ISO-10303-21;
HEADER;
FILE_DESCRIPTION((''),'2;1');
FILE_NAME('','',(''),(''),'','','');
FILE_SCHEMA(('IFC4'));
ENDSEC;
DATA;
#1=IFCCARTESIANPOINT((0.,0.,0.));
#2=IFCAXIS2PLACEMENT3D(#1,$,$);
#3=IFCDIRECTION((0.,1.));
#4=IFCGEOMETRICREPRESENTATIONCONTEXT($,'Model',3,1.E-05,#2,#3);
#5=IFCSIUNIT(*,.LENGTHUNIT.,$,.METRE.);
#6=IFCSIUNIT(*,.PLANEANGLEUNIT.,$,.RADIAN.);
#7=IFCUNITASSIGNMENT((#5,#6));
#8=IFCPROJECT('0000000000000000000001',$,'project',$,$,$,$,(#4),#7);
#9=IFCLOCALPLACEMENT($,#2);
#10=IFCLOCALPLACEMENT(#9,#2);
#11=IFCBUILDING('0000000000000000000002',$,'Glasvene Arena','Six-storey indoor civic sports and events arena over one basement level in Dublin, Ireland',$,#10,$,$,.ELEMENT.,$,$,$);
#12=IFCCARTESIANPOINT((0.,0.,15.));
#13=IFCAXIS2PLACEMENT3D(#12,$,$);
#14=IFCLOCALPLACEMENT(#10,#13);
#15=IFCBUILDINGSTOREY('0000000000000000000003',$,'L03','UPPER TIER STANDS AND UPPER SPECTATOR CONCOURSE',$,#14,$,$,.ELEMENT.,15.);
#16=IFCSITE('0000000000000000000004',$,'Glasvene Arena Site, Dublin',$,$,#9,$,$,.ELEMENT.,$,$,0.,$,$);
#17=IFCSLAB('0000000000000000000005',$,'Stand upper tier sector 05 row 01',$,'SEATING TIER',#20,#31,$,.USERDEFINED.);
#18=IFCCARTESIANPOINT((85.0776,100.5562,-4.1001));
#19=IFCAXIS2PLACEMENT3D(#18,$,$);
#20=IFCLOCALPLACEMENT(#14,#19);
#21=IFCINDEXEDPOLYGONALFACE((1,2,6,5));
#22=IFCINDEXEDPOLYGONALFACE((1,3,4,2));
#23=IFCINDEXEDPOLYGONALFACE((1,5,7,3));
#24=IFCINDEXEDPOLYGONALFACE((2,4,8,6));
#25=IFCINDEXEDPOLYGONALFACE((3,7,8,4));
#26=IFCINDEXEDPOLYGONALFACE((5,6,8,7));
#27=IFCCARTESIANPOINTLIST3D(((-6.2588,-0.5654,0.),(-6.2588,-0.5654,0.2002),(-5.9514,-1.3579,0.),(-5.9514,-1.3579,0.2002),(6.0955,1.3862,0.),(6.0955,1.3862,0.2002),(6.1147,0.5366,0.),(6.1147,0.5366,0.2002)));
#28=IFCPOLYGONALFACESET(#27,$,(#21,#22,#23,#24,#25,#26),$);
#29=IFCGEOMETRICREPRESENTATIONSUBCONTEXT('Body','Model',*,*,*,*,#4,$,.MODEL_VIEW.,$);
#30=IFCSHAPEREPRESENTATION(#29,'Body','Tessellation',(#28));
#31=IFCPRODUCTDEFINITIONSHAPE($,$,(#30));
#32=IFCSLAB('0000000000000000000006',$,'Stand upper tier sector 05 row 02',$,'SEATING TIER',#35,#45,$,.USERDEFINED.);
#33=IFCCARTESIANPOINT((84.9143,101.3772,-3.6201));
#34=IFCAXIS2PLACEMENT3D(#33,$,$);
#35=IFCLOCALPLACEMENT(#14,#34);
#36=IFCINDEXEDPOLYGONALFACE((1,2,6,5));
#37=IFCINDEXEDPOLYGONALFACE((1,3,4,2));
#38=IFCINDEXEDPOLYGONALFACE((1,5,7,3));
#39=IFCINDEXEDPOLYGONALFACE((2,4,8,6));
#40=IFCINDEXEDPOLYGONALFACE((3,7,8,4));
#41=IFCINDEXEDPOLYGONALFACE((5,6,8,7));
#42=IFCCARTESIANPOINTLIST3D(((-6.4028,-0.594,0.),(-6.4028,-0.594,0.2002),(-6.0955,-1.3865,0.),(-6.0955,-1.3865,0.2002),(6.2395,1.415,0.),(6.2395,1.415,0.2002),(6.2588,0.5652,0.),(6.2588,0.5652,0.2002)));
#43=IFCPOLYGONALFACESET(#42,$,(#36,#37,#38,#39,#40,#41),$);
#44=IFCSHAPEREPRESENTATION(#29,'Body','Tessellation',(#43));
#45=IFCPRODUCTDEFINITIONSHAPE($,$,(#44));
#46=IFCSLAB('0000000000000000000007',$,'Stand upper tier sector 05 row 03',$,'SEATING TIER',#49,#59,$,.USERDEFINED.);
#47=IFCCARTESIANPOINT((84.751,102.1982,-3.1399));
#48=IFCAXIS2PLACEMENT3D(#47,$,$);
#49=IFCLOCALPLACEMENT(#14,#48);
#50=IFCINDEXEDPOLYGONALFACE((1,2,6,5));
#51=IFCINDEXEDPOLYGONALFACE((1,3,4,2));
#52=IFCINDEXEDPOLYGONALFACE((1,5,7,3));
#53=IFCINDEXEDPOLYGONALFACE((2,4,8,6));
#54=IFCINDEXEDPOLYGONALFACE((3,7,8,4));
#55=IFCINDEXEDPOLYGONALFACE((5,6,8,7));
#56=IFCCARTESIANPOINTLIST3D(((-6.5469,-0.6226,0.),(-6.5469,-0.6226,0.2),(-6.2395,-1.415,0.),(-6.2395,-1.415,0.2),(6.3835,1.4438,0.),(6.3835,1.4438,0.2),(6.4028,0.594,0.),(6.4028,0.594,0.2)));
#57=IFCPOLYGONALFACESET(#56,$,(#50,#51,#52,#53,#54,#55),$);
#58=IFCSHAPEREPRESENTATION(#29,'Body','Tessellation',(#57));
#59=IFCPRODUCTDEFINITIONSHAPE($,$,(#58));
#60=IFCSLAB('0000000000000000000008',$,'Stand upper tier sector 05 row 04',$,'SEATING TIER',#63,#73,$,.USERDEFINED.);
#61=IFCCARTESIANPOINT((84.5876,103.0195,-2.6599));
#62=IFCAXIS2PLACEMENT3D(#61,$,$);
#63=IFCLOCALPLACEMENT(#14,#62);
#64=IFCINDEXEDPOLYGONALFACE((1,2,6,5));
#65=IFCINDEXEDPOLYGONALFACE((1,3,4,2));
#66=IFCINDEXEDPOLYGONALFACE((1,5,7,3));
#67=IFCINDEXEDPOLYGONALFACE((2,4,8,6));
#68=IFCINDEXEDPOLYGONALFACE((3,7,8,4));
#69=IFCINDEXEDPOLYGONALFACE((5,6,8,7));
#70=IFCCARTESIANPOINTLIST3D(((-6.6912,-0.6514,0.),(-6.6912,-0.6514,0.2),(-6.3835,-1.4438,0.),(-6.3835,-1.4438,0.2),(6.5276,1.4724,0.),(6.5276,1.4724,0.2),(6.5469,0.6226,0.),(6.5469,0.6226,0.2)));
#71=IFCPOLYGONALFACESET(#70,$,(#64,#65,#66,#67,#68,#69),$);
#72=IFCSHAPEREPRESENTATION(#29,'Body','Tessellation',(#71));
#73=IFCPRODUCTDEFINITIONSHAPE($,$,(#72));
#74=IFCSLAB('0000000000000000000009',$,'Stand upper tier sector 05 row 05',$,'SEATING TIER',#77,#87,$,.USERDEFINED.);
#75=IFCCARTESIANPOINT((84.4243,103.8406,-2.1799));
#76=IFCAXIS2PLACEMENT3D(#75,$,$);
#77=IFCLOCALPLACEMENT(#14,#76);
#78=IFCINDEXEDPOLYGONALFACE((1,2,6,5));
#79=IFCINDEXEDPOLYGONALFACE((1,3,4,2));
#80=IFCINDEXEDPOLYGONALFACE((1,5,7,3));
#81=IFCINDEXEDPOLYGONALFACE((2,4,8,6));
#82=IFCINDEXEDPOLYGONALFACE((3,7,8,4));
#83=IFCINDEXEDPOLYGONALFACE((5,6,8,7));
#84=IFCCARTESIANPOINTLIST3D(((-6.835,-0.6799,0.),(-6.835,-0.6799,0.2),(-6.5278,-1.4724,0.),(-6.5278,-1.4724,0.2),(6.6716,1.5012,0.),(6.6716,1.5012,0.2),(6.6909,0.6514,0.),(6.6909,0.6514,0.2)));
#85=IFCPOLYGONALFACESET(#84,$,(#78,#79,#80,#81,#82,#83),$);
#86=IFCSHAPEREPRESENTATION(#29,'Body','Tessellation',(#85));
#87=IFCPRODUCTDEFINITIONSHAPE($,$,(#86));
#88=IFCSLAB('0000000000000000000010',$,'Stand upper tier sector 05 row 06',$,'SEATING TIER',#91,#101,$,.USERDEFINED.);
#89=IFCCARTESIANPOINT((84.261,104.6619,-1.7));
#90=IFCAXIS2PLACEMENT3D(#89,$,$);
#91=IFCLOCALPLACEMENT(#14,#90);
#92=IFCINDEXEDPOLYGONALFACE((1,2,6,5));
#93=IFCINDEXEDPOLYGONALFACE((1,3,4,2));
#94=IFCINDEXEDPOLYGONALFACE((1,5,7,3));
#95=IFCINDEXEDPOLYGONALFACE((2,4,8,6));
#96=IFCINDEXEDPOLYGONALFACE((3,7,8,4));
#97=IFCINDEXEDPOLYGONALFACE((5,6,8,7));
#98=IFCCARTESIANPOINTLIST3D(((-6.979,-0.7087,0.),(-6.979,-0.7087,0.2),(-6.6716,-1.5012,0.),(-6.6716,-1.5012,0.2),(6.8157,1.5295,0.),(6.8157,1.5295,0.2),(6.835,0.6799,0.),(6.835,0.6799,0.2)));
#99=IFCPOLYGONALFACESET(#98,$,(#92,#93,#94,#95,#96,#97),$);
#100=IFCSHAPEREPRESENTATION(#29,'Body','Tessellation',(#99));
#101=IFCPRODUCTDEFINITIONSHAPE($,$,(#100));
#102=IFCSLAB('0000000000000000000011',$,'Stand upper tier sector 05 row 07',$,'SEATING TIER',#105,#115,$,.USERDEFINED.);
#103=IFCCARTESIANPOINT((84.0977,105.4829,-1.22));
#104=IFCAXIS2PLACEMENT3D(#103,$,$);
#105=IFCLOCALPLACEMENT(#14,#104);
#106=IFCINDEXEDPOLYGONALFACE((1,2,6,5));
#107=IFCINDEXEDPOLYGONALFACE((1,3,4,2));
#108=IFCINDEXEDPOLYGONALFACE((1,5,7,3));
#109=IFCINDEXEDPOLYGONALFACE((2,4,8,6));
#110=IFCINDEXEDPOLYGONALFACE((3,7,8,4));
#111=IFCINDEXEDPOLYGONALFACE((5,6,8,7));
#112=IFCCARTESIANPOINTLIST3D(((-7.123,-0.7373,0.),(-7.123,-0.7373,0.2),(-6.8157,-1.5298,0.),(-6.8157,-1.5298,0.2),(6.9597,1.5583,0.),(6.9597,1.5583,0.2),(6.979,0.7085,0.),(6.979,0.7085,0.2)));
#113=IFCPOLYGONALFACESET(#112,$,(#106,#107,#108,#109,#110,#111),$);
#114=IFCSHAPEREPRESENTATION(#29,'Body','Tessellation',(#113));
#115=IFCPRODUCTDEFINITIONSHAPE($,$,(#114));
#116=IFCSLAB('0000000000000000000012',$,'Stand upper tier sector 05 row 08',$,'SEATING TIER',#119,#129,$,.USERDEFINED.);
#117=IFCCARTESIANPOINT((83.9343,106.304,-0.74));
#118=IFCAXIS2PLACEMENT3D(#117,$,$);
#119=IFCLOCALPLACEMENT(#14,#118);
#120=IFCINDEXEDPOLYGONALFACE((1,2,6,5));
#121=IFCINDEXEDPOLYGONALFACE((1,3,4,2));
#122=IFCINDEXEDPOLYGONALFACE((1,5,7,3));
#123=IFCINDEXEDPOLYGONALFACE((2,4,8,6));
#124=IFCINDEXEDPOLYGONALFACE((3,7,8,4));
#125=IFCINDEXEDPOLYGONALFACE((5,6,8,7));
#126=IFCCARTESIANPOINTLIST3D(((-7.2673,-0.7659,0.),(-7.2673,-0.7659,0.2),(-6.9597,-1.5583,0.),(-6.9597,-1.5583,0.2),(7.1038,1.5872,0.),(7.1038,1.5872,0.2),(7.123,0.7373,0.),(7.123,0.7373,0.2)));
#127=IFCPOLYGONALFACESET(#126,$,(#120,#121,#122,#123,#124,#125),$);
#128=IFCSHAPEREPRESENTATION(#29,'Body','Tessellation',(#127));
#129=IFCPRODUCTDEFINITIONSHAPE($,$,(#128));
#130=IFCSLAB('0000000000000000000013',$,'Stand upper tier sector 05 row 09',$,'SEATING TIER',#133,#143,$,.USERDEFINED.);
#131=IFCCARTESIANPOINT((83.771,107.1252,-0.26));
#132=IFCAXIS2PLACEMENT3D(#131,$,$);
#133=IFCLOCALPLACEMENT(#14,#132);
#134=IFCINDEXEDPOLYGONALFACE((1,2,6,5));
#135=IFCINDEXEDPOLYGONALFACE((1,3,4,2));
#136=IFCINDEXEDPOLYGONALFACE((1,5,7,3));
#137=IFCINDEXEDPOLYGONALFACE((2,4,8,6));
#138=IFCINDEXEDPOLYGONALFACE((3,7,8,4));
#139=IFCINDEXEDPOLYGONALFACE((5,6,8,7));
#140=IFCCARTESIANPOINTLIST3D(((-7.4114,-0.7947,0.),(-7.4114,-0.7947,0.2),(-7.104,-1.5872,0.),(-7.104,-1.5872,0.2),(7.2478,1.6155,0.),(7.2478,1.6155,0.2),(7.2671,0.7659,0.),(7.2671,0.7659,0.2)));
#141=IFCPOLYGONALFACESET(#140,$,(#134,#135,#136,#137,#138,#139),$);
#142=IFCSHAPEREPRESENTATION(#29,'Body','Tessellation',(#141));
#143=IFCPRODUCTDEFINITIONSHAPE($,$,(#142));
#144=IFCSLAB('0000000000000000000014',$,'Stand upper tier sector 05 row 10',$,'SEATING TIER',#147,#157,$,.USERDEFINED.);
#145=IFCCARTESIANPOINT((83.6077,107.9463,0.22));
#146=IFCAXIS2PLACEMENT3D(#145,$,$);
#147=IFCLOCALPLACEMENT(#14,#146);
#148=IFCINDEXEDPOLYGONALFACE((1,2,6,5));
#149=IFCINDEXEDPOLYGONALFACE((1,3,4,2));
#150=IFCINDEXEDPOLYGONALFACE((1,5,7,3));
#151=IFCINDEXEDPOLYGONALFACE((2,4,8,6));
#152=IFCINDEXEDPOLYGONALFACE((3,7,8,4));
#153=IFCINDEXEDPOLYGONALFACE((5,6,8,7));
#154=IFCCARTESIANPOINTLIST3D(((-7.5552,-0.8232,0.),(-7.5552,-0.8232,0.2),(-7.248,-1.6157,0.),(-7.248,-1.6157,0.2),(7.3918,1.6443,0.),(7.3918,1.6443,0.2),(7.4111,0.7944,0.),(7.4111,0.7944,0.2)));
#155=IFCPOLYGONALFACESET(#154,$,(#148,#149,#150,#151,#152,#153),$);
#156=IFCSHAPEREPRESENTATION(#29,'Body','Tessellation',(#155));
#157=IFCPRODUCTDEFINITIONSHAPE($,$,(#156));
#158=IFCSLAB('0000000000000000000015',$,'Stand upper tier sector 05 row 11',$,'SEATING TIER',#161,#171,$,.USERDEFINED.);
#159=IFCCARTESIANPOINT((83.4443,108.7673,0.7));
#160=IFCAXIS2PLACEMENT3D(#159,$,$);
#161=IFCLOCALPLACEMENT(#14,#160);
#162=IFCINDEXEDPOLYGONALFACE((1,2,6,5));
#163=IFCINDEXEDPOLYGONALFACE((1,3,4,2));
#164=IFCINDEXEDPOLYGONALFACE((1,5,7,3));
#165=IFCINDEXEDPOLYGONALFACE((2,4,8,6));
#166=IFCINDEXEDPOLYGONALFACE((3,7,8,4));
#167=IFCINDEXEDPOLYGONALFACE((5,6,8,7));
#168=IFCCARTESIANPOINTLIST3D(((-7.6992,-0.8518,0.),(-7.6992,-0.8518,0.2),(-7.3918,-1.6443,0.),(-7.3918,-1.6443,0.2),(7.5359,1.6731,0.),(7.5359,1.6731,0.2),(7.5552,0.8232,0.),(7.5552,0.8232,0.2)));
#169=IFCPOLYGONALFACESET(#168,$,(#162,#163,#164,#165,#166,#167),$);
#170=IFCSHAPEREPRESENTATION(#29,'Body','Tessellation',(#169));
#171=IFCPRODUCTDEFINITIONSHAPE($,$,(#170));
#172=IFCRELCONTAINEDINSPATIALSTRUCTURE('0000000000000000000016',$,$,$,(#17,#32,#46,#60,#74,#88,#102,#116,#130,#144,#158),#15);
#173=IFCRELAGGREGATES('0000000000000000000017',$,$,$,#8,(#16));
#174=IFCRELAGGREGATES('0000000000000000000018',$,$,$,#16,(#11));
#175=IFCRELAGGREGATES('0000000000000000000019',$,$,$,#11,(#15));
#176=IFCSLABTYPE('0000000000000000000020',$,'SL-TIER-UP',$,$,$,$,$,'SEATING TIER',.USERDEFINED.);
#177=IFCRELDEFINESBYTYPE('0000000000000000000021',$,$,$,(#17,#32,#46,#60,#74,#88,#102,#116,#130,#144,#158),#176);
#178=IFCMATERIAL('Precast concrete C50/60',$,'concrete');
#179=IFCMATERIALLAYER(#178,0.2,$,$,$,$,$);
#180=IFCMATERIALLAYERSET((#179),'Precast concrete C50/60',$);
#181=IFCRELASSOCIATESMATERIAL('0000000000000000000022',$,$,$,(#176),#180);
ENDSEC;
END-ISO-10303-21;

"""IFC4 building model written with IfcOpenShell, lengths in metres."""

from ifc_helpers import new_model, si_unit, direction, frame, origin, place, context, subcontext, project, spatial, polyline, outline, extrude, material, layer, layer_set, type_object, element, save


model = new_model("IFC4")

# Units and contexts
model_context = context("Model", 3, precision=1e-05, world=origin(), true_north=direction((0.0, 1.0)))
body_context = subcontext(model_context, "Body", "Model", "MODEL_VIEW")
ifc_project = project(units=[si_unit("LENGTHUNIT", "METRE"), si_unit("PLANEANGLEUNIT", "RADIAN")], contexts=[model_context])

# Site, building, storey
site_placement = place(None, origin())
site = spatial("IfcSite", under=ifc_project, at=site_placement, Name="Glasvene Arena Site, Dublin", CompositionType="ELEMENT", RefElevation=0.0)
building_placement = place(site_placement, origin())
building = spatial("IfcBuilding", under=site, at=building_placement, Name="Glasvene Arena", Description="Six-storey indoor civic sports and events arena over one basement level in Dublin, Ireland", CompositionType="ELEMENT")
storey_placement = place(building_placement, frame((0.0, 0.0, 15.0)))
storey = spatial("IfcBuildingStorey", under=building, at=storey_placement, Name="L03", Description="UPPER TIER STANDS AND UPPER SPECTATOR CONCOURSE", CompositionType="ELEMENT", Elevation=15.0)

# Shared definitions
ifc_material_1 = material(Name="Precast concrete C50/60", Category="concrete")

# Slabs
ifc_layer = layer(ifc_material_1, 0.2)
ifc_layer_set = layer_set([ifc_layer], Name="Precast concrete C50/60")
slab_type = type_object("IfcSlabType", Name="SL-TIER-UP", ElementType="SEATING TIER", PredefinedType="USERDEFINED", material=ifc_layer_set)
slab_1_placement = place(storey_placement, frame((85.0776, 100.5562, -4.1001)))
element("IfcSlab", 1, at=slab_1_placement, inside=storey, type_object=slab_type, Name="Stand upper tier sector 05 row 01", ObjectType="SEATING TIER", PredefinedType="USERDEFINED", context=body_context, shape_type="SweptSolid", body=[
    extrude(outline(polyline([(6.1147, 0.5366), (-5.9514, -1.3579), (-6.2588, -0.5654), (6.0955, 1.3862), (6.1147, 0.5366)])), origin(), (0.0, 0.0, 1.0), 0.2002),
])
slab_2_placement = place(storey_placement, frame((84.9143, 101.3772, -3.6201)))
element("IfcSlab", 2, at=slab_2_placement, inside=storey, type_object=slab_type, Name="Stand upper tier sector 05 row 02", ObjectType="SEATING TIER", PredefinedType="USERDEFINED", context=body_context, shape_type="SweptSolid", body=[
    extrude(outline(polyline([(6.2588, 0.5652), (-6.0955, -1.3865), (-6.4028, -0.594), (6.2395, 1.415), (6.2588, 0.5652)])), origin(), (0.0, 0.0, 1.0), 0.2002),
])
slab_3_placement = place(storey_placement, frame((84.751, 102.1982, -3.1399)))
element("IfcSlab", 3, at=slab_3_placement, inside=storey, type_object=slab_type, Name="Stand upper tier sector 05 row 03", ObjectType="SEATING TIER", PredefinedType="USERDEFINED", context=body_context, shape_type="SweptSolid", body=[
    extrude(outline(polyline([(6.4028, 0.594), (-6.2395, -1.415), (-6.5469, -0.6226), (6.3835, 1.4438), (6.4028, 0.594)])), origin(), (0.0, 0.0, 1.0), 0.2),
])
slab_4_placement = place(storey_placement, frame((84.5876, 103.0195, -2.6599)))
element("IfcSlab", 4, at=slab_4_placement, inside=storey, type_object=slab_type, Name="Stand upper tier sector 05 row 04", ObjectType="SEATING TIER", PredefinedType="USERDEFINED", context=body_context, shape_type="SweptSolid", body=[
    extrude(outline(polyline([(6.5469, 0.6226), (-6.3835, -1.4438), (-6.6912, -0.6514), (6.5276, 1.4724), (6.5469, 0.6226)])), origin(), (0.0, 0.0, 1.0), 0.2),
])
slab_5_placement = place(storey_placement, frame((84.4243, 103.8406, -2.1799)))
element("IfcSlab", 5, at=slab_5_placement, inside=storey, type_object=slab_type, Name="Stand upper tier sector 05 row 05", ObjectType="SEATING TIER", PredefinedType="USERDEFINED", context=body_context, shape_type="SweptSolid", body=[
    extrude(outline(polyline([(6.6909, 0.6514), (-6.5278, -1.4724), (-6.835, -0.6799), (6.6716, 1.5012), (6.6909, 0.6514)])), origin(), (0.0, 0.0, 1.0), 0.2),
])
slab_6_placement = place(storey_placement, frame((84.261, 104.6619, -1.7)))
element("IfcSlab", 6, at=slab_6_placement, inside=storey, type_object=slab_type, Name="Stand upper tier sector 05 row 06", ObjectType="SEATING TIER", PredefinedType="USERDEFINED", context=body_context, shape_type="SweptSolid", body=[
    extrude(outline(polyline([(6.835, 0.6799), (-6.6716, -1.5012), (-6.979, -0.7087), (6.8157, 1.5295), (6.835, 0.6799)])), origin(), (0.0, 0.0, 1.0), 0.2),
])
slab_7_placement = place(storey_placement, frame((84.0977, 105.4829, -1.22)))
element("IfcSlab", 7, at=slab_7_placement, inside=storey, type_object=slab_type, Name="Stand upper tier sector 05 row 07", ObjectType="SEATING TIER", PredefinedType="USERDEFINED", context=body_context, shape_type="SweptSolid", body=[
    extrude(outline(polyline([(6.979, 0.7085), (-6.8157, -1.5298), (-7.123, -0.7373), (6.9597, 1.5583), (6.979, 0.7085)])), origin(), (0.0, 0.0, 1.0), 0.2),
])
slab_8_placement = place(storey_placement, frame((83.9343, 106.304, -0.74)))
element("IfcSlab", 8, at=slab_8_placement, inside=storey, type_object=slab_type, Name="Stand upper tier sector 05 row 08", ObjectType="SEATING TIER", PredefinedType="USERDEFINED", context=body_context, shape_type="SweptSolid", body=[
    extrude(outline(polyline([(7.123, 0.7373), (-6.9597, -1.5583), (-7.2673, -0.7659), (7.1038, 1.5872), (7.123, 0.7373)])), origin(), (0.0, 0.0, 1.0), 0.2),
])
slab_9_placement = place(storey_placement, frame((83.771, 107.1252, -0.26)))
element("IfcSlab", 9, at=slab_9_placement, inside=storey, type_object=slab_type, Name="Stand upper tier sector 05 row 09", ObjectType="SEATING TIER", PredefinedType="USERDEFINED", context=body_context, shape_type="SweptSolid", body=[
    extrude(outline(polyline([(7.2671, 0.7659), (-7.104, -1.5872), (-7.4114, -0.7947), (7.2478, 1.6155), (7.2671, 0.7659)])), origin(), (0.0, 0.0, 1.0), 0.2),
])
slab_10_placement = place(storey_placement, frame((83.6077, 107.9463, 0.22)))
element("IfcSlab", 10, at=slab_10_placement, inside=storey, type_object=slab_type, Name="Stand upper tier sector 05 row 10", ObjectType="SEATING TIER", PredefinedType="USERDEFINED", context=body_context, shape_type="SweptSolid", body=[
    extrude(outline(polyline([(7.4111, 0.7944), (-7.248, -1.6157), (-7.5552, -0.8232), (7.3918, 1.6443), (7.4111, 0.7944)])), origin(), (0.0, 0.0, 1.0), 0.2),
])
slab_11_placement = place(storey_placement, frame((83.4443, 108.7673, 0.7)))
element("IfcSlab", 11, at=slab_11_placement, inside=storey, type_object=slab_type, Name="Stand upper tier sector 05 row 11", ObjectType="SEATING TIER", PredefinedType="USERDEFINED", context=body_context, shape_type="SweptSolid", body=[
    extrude(outline(polyline([(7.5552, 0.8232), (-7.3918, -1.6443), (-7.6992, -0.8518), (7.5359, 1.6731), (7.5552, 0.8232)])), origin(), (0.0, 0.0, 1.0), 0.2),
])

save(model, "model.ifc")
